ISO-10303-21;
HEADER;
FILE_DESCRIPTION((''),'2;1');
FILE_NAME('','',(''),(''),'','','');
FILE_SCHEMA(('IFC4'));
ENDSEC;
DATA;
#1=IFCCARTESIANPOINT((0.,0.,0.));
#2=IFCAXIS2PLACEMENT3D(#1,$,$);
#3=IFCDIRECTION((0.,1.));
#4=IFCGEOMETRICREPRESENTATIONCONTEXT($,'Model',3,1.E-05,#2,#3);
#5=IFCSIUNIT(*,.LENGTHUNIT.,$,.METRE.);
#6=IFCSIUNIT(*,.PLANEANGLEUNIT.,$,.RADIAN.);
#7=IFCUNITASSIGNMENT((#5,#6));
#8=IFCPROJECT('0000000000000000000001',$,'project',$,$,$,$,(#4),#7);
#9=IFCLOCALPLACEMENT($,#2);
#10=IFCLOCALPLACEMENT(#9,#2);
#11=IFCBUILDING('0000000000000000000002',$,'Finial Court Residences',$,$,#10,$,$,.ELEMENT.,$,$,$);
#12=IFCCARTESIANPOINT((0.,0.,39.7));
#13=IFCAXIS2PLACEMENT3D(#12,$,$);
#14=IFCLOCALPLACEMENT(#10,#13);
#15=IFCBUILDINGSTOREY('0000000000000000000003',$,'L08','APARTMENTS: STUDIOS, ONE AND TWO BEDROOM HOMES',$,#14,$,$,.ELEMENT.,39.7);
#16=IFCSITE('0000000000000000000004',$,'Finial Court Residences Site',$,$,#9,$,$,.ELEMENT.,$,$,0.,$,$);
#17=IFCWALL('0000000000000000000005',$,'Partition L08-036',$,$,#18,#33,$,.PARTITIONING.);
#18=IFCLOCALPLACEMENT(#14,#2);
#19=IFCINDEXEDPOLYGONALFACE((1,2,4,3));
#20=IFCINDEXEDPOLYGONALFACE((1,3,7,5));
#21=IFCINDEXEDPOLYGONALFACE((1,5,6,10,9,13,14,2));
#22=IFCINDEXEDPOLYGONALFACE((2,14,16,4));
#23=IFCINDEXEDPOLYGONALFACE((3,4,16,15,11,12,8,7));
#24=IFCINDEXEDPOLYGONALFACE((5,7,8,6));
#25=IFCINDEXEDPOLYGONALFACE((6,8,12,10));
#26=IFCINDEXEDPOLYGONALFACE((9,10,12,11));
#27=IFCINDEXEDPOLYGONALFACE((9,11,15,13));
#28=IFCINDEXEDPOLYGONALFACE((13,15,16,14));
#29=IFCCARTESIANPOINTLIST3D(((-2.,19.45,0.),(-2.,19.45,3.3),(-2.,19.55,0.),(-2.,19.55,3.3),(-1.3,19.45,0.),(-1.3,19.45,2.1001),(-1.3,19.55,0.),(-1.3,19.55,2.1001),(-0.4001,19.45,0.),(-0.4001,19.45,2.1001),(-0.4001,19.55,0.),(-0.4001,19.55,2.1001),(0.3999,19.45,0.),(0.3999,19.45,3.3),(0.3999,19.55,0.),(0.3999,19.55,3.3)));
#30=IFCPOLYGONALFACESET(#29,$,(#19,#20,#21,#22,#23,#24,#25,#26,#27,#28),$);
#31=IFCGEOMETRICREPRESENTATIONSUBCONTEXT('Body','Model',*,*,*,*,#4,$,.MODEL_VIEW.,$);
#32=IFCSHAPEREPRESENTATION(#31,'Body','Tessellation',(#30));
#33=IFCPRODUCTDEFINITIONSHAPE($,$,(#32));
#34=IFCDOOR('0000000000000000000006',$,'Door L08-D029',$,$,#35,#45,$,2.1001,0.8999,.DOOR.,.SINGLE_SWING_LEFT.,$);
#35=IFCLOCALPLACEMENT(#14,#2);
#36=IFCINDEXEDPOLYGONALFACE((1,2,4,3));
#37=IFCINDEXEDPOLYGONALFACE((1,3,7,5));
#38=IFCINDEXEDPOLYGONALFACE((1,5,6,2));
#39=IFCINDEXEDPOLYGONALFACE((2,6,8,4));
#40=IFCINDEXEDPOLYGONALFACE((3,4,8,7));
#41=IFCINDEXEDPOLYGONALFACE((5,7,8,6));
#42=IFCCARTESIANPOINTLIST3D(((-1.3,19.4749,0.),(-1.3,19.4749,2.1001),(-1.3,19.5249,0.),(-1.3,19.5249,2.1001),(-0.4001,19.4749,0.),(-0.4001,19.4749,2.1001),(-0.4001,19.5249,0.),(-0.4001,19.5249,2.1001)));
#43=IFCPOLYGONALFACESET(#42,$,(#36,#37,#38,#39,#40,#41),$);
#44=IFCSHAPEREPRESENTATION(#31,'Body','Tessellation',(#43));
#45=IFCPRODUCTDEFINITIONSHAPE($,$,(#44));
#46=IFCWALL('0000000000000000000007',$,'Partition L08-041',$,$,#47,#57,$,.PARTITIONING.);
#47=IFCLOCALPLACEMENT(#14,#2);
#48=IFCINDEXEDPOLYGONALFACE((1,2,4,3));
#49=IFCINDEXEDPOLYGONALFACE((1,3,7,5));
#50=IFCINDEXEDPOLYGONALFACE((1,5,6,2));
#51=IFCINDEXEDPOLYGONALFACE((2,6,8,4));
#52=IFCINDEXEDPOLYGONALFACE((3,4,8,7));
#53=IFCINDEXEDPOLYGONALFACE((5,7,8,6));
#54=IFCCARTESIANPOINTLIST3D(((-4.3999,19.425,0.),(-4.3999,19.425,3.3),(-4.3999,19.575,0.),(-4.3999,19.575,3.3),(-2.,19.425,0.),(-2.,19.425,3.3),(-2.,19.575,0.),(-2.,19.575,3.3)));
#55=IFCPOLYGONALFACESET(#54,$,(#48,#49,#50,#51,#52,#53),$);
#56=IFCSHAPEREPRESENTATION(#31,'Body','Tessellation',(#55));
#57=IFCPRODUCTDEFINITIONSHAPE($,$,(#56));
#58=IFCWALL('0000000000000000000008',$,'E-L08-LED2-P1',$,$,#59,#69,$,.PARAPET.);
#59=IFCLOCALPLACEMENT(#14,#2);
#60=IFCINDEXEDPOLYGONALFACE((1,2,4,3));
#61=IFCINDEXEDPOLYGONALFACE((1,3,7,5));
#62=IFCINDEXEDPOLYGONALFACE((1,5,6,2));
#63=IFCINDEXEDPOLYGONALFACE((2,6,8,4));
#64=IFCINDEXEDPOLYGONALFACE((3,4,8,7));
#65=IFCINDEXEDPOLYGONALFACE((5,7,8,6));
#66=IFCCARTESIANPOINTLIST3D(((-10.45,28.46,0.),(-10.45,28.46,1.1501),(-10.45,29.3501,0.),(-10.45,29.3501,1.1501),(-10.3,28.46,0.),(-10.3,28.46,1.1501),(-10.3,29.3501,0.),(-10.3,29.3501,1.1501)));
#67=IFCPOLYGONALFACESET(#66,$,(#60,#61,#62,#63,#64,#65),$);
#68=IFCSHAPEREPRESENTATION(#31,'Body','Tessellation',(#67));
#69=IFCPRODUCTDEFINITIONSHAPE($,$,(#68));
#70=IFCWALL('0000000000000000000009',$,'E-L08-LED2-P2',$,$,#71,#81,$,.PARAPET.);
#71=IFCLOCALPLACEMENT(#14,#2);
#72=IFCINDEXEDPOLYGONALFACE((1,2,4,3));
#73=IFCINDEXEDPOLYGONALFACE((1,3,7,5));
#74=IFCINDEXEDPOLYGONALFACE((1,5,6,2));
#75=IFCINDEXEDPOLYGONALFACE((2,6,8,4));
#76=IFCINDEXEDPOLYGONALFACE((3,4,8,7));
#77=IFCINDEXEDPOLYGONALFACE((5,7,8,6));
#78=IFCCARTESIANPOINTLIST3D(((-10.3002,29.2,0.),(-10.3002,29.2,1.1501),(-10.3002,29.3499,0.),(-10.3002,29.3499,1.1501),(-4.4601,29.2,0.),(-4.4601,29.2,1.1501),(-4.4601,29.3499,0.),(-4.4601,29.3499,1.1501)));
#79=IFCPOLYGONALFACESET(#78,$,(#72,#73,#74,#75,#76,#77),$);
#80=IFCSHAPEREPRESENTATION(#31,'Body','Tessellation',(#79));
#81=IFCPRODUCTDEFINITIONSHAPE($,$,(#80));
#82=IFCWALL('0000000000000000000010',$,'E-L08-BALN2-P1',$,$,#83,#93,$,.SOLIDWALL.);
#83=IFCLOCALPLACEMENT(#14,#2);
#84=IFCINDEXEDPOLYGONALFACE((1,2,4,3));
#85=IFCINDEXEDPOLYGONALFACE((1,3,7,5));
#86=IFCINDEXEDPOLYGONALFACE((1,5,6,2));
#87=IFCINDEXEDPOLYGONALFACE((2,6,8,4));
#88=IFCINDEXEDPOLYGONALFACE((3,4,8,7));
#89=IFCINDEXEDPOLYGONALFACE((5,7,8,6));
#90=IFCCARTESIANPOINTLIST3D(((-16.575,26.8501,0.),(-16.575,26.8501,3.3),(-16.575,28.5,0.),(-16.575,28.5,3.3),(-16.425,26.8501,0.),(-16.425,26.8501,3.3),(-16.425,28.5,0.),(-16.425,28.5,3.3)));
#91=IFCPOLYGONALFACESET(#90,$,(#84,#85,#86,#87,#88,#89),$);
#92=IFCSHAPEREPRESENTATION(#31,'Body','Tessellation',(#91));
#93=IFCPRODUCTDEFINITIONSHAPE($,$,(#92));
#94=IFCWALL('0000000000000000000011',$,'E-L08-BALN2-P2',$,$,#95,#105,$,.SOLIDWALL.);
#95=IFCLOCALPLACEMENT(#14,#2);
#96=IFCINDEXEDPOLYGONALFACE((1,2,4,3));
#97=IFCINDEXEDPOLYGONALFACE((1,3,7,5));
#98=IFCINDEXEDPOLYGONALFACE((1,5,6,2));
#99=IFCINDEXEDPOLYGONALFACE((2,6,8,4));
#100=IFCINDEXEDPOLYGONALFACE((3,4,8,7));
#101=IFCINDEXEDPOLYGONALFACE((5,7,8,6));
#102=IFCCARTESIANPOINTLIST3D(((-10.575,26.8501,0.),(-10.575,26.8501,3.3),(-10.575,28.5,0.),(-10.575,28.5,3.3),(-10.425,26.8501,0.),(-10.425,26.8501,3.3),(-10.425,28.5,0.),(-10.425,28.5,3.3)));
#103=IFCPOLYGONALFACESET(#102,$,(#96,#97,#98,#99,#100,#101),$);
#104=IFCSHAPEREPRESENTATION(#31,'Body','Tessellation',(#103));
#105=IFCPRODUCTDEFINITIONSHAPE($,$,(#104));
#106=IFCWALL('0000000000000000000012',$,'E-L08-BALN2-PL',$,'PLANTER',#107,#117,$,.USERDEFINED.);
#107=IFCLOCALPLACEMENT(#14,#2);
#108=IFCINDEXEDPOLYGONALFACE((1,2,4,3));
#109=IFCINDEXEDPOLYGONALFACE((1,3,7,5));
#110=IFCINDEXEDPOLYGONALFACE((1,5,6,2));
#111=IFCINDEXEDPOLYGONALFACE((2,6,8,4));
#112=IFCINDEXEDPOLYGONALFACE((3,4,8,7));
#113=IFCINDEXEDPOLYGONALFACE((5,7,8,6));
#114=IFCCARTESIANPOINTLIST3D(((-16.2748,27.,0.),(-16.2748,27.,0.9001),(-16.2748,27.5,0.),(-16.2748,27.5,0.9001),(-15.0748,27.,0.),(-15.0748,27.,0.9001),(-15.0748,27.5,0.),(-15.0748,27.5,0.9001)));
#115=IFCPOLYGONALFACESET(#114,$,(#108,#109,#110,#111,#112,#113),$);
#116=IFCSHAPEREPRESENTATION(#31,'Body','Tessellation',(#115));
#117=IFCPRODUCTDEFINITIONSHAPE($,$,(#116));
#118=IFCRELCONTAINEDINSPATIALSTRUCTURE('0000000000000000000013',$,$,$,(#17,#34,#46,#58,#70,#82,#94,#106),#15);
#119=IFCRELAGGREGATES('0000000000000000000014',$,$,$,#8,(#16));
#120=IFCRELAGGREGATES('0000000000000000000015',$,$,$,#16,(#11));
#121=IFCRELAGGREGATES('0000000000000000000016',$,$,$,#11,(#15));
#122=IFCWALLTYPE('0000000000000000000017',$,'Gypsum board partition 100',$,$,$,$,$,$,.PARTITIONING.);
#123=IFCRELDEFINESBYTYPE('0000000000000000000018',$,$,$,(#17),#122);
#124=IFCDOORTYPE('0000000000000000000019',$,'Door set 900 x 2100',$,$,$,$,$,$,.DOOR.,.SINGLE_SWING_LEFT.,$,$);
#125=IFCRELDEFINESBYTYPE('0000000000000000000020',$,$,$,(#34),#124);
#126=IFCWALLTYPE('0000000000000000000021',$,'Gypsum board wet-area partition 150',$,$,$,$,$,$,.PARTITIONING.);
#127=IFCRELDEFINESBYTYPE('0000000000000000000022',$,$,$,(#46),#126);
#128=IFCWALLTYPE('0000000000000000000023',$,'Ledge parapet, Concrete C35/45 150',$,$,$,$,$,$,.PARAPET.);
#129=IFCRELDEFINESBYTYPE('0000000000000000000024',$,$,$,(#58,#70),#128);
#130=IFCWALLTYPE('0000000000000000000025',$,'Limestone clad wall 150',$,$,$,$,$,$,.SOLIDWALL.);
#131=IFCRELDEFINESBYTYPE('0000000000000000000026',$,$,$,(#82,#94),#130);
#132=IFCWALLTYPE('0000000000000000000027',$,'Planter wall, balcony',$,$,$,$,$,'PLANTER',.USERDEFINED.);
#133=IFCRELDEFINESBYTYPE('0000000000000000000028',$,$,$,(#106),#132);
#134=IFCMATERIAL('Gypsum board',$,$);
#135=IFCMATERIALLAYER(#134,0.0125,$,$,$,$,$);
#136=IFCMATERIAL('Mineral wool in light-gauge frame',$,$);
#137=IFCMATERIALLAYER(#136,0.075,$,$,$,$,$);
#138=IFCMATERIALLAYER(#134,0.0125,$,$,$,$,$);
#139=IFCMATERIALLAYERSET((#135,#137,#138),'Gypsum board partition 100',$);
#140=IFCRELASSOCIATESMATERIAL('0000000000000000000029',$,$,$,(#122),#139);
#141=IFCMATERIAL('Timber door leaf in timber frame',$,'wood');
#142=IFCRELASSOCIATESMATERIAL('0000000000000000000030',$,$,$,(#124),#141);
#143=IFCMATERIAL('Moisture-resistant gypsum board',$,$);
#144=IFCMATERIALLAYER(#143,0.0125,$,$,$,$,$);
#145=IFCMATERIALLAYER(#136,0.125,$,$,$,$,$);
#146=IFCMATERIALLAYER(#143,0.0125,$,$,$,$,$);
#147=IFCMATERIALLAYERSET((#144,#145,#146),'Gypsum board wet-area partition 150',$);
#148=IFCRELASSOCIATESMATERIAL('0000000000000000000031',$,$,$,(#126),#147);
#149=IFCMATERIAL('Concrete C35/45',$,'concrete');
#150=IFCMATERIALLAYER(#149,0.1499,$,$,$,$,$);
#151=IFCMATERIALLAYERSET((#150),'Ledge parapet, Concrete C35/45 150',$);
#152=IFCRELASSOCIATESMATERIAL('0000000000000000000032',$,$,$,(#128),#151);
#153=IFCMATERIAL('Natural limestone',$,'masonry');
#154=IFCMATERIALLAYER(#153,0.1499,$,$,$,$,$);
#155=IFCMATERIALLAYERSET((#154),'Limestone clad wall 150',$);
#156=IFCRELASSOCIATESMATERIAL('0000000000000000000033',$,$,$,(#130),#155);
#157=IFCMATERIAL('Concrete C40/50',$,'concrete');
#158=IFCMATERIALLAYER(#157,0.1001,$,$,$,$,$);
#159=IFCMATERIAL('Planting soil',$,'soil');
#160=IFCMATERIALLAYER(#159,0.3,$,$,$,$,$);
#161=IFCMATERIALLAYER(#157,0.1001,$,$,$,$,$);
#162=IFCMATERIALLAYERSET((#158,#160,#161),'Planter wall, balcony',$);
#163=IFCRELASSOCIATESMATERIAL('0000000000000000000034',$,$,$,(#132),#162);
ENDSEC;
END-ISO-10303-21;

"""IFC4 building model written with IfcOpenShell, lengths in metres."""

from ifc_helpers import new_model, si_unit, direction, frame, frame_2d, origin, place, context, subcontext, project, spatial, rectangle, extrude, material, layer, layer_set, type_object, element, fill, save


model = new_model("IFC4")

# Units and contexts
model_context = context("Model", 3, precision=1e-05, world=origin(), true_north=direction((0.0, 1.0)))
body_context = subcontext(model_context, "Body", "Model", "MODEL_VIEW")
ifc_project = project(units=[si_unit("LENGTHUNIT", "METRE"), si_unit("PLANEANGLEUNIT", "RADIAN")], contexts=[model_context])

# Site, building, storey
site_placement = place(None, origin())
site = spatial("IfcSite", under=ifc_project, at=site_placement, Name="Finial Court Residences Site", CompositionType="ELEMENT", RefElevation=0.0)
building_placement = place(site_placement, origin())
building = spatial("IfcBuilding", under=site, at=building_placement, Name="Finial Court Residences", CompositionType="ELEMENT")
storey_placement = place(building_placement, frame((0.0, 0.0, 39.7)))
storey = spatial("IfcBuildingStorey", under=building, at=storey_placement, Name="L08", Description="APARTMENTS: STUDIOS, ONE AND TWO BEDROOM HOMES", CompositionType="ELEMENT", Elevation=39.7)

# Wall, opening, door
ifc_material_1 = material(Name="Gypsum board")
ifc_layer_1 = layer(ifc_material_1, 0.0125)
ifc_material_2 = material(Name="Mineral wool in light-gauge frame")
ifc_layer_2 = layer(ifc_material_2, 0.075)
ifc_layer_3 = layer(ifc_material_1, 0.0125)
ifc_layer_set_1 = layer_set([ifc_layer_1, ifc_layer_2, ifc_layer_3], Name="Gypsum board partition 100")
wall_type_1 = type_object("IfcWallType", Name="Gypsum board partition 100", PredefinedType="PARTITIONING", material=ifc_layer_set_1)
wall_1_placement = place(storey_placement, frame((-2.0, 19.5, 0.0), z_axis=(0.0, 0.0, 1.0), x_axis=(1.0, 0.0, 0.0)))
wall_1 = element("IfcWall", 1, at=wall_1_placement, inside=storey, type_object=wall_type_1, Name="Partition L08-036", PredefinedType="PARTITIONING", context=body_context, shape_type="SweptSolid", body=[
    extrude(rectangle(XDim=2.3999, YDim=0.1001, at=frame_2d((1.2, 0.0))), origin(), (0.0, 0.0, 1.0), 3.3),
])
opening_1_placement = place(wall_1_placement, frame((0.7, 0.0, 0.0)))
opening_1 = element("IfcOpeningElement", 2, at=opening_1_placement, cuts=wall_1, PredefinedType="OPENING", context=body_context, shape_type="SweptSolid", body=[
    extrude(rectangle(XDim=0.8999, YDim=2.1001, at=frame_2d((0.45, 1.05))), frame((0.0, 0.0601, 0.0), z_axis=(0.0, -1.0, 0.0), x_axis=(1.0, 0.0, 0.0)), (0.0, 0.0, 1.0), 0.1201),
])
ifc_material_3 = material(Name="Timber door leaf in timber frame", Category="wood")
door_type_1 = type_object("IfcDoorType", Name="Door set 900 x 2100", OperationType="SINGLE_SWING_LEFT", PredefinedType="DOOR", material=ifc_material_3)
door_1_placement = place(opening_1_placement, origin())
door_1 = element("IfcDoor", 3, at=door_1_placement, inside=storey, type_object=door_type_1, Name="Door L08-D029", OperationType="SINGLE_SWING_LEFT", OverallHeight=2.1001, OverallWidth=0.8999, PredefinedType="DOOR", context=body_context, shape_type="SweptSolid", body=[
    extrude(rectangle(XDim=0.8999, YDim=2.1001, at=frame_2d((0.45, 1.05))), frame((0.0, 0.0249, 0.0), z_axis=(0.0, -1.0, 0.0), x_axis=(1.0, 0.0, 0.0)), (0.0, 0.0, 1.0), 0.05),
])
fill(opening_1, door_1)

# Walls
ifc_material_4 = material(Name="Moisture-resistant gypsum board")
ifc_layer_4 = layer(ifc_material_4, 0.0125)
ifc_layer_5 = layer(ifc_material_2, 0.125)
ifc_layer_6 = layer(ifc_material_4, 0.0125)
ifc_layer_set_2 = layer_set([ifc_layer_4, ifc_layer_5, ifc_layer_6], Name="Gypsum board wet-area partition 150")
wall_type_2 = type_object("IfcWallType", Name="Gypsum board wet-area partition 150", PredefinedType="PARTITIONING", material=ifc_layer_set_2)
wall_2_placement = place(storey_placement, frame((-4.3999, 19.5, 0.0), z_axis=(0.0, 0.0, 1.0), x_axis=(1.0, 0.0, 0.0)))
element("IfcWall", 4, at=wall_2_placement, inside=storey, type_object=wall_type_2, Name="Partition L08-041", PredefinedType="PARTITIONING", context=body_context, shape_type="SweptSolid", body=[
    extrude(rectangle(XDim=2.3999, YDim=0.1499, at=frame_2d((1.2, 0.0))), origin(), (0.0, 0.0, 1.0), 3.3),
])
ifc_material_5 = material(Name="Concrete C35/45", Category="concrete")
ifc_layer_7 = layer(ifc_material_5, 0.1499)
ifc_layer_set_3 = layer_set([ifc_layer_7], Name="Ledge parapet, Concrete C35/45 150")
wall_type_3 = type_object("IfcWallType", Name="Ledge parapet, Concrete C35/45 150", PredefinedType="PARAPET", material=ifc_layer_set_3)
wall_3_placement = place(storey_placement, frame((-10.375, 28.46, 0.0), z_axis=(0.0, 0.0, 1.0), x_axis=(0.0, 1.0, 0.0)))
element("IfcWall", 5, at=wall_3_placement, inside=storey, type_object=wall_type_3, Name="E-L08-LED2-P1", PredefinedType="PARAPET", context=body_context, shape_type="SweptSolid", body=[
    extrude(rectangle(XDim=0.8901, YDim=0.1499, at=frame_2d((0.4451, 0.0))), origin(), (0.0, 0.0, 1.0), 1.1501),
])
wall_4_placement = place(storey_placement, frame((-10.3, 29.2749, 0.0), z_axis=(0.0, 0.0, 1.0), x_axis=(1.0, 0.0, 0.0)))
element("IfcWall", 6, at=wall_4_placement, inside=storey, type_object=wall_type_3, Name="E-L08-LED2-P2", PredefinedType="PARAPET", context=body_context, shape_type="SweptSolid", body=[
    extrude(rectangle(XDim=5.8401, YDim=0.1499, at=frame_2d((2.9199, 0.0))), origin(), (0.0, 0.0, 1.0), 1.1501),
])
ifc_material_6 = material(Name="Natural limestone", Category="masonry")
ifc_layer_8 = layer(ifc_material_6, 0.1499)
ifc_layer_set_4 = layer_set([ifc_layer_8], Name="Limestone clad wall 150")
wall_type_4 = type_object("IfcWallType", Name="Limestone clad wall 150", PredefinedType="SOLIDWALL", material=ifc_layer_set_4)
for number, where, z_axis, x_axis, name in (
    (7, (-16.5, 26.8501, 0.0), (0.0, 0.0, 1.0), (0.0, 1.0, 0.0), "E-L08-BALN2-P1"),
    (8, (-10.5, 26.8501, 0.0), (0.0, 0.0, 1.0), (0.0, 1.0, 0.0), "E-L08-BALN2-P2"),
):
    element("IfcWall", number, at=place(storey_placement, frame(where, z_axis=z_axis, x_axis=x_axis)), inside=storey, type_object=wall_type_4, Name=name, PredefinedType="SOLIDWALL", context=body_context, shape_type="SweptSolid", body=[
        extrude(rectangle(XDim=1.6499, YDim=0.1499, at=frame_2d((0.825, 0.0))), origin(), (0.0, 0.0, 1.0), 3.3),
    ])

# Wall
ifc_material_7 = material(Name="Concrete C40/50", Category="concrete")
ifc_layer_9 = layer(ifc_material_7, 0.1001)
ifc_material_8 = material(Name="Planting soil", Category="soil")
ifc_layer_10 = layer(ifc_material_8, 0.3)
ifc_layer_11 = layer(ifc_material_7, 0.1001)
ifc_layer_set_5 = layer_set([ifc_layer_9, ifc_layer_10, ifc_layer_11], Name="Planter wall, balcony")
wall_type_5 = type_object("IfcWallType", Name="Planter wall, balcony", ElementType="PLANTER", PredefinedType="USERDEFINED", material=ifc_layer_set_5)
wall_5_placement = place(storey_placement, frame((-16.2749, 27.25, 0.0), z_axis=(0.0, 0.0, 1.0), x_axis=(1.0, 0.0, 0.0)))
element("IfcWall", 9, at=wall_5_placement, inside=storey, type_object=wall_type_5, Name="E-L08-BALN2-PL", ObjectType="PLANTER", PredefinedType="USERDEFINED", context=body_context, shape_type="SweptSolid", body=[
    extrude(rectangle(XDim=1.2, YDim=0.5, at=frame_2d((0.6001, 0.0))), origin(), (0.0, 0.0, 1.0), 0.9001),
])

save(model, "model.ifc")
